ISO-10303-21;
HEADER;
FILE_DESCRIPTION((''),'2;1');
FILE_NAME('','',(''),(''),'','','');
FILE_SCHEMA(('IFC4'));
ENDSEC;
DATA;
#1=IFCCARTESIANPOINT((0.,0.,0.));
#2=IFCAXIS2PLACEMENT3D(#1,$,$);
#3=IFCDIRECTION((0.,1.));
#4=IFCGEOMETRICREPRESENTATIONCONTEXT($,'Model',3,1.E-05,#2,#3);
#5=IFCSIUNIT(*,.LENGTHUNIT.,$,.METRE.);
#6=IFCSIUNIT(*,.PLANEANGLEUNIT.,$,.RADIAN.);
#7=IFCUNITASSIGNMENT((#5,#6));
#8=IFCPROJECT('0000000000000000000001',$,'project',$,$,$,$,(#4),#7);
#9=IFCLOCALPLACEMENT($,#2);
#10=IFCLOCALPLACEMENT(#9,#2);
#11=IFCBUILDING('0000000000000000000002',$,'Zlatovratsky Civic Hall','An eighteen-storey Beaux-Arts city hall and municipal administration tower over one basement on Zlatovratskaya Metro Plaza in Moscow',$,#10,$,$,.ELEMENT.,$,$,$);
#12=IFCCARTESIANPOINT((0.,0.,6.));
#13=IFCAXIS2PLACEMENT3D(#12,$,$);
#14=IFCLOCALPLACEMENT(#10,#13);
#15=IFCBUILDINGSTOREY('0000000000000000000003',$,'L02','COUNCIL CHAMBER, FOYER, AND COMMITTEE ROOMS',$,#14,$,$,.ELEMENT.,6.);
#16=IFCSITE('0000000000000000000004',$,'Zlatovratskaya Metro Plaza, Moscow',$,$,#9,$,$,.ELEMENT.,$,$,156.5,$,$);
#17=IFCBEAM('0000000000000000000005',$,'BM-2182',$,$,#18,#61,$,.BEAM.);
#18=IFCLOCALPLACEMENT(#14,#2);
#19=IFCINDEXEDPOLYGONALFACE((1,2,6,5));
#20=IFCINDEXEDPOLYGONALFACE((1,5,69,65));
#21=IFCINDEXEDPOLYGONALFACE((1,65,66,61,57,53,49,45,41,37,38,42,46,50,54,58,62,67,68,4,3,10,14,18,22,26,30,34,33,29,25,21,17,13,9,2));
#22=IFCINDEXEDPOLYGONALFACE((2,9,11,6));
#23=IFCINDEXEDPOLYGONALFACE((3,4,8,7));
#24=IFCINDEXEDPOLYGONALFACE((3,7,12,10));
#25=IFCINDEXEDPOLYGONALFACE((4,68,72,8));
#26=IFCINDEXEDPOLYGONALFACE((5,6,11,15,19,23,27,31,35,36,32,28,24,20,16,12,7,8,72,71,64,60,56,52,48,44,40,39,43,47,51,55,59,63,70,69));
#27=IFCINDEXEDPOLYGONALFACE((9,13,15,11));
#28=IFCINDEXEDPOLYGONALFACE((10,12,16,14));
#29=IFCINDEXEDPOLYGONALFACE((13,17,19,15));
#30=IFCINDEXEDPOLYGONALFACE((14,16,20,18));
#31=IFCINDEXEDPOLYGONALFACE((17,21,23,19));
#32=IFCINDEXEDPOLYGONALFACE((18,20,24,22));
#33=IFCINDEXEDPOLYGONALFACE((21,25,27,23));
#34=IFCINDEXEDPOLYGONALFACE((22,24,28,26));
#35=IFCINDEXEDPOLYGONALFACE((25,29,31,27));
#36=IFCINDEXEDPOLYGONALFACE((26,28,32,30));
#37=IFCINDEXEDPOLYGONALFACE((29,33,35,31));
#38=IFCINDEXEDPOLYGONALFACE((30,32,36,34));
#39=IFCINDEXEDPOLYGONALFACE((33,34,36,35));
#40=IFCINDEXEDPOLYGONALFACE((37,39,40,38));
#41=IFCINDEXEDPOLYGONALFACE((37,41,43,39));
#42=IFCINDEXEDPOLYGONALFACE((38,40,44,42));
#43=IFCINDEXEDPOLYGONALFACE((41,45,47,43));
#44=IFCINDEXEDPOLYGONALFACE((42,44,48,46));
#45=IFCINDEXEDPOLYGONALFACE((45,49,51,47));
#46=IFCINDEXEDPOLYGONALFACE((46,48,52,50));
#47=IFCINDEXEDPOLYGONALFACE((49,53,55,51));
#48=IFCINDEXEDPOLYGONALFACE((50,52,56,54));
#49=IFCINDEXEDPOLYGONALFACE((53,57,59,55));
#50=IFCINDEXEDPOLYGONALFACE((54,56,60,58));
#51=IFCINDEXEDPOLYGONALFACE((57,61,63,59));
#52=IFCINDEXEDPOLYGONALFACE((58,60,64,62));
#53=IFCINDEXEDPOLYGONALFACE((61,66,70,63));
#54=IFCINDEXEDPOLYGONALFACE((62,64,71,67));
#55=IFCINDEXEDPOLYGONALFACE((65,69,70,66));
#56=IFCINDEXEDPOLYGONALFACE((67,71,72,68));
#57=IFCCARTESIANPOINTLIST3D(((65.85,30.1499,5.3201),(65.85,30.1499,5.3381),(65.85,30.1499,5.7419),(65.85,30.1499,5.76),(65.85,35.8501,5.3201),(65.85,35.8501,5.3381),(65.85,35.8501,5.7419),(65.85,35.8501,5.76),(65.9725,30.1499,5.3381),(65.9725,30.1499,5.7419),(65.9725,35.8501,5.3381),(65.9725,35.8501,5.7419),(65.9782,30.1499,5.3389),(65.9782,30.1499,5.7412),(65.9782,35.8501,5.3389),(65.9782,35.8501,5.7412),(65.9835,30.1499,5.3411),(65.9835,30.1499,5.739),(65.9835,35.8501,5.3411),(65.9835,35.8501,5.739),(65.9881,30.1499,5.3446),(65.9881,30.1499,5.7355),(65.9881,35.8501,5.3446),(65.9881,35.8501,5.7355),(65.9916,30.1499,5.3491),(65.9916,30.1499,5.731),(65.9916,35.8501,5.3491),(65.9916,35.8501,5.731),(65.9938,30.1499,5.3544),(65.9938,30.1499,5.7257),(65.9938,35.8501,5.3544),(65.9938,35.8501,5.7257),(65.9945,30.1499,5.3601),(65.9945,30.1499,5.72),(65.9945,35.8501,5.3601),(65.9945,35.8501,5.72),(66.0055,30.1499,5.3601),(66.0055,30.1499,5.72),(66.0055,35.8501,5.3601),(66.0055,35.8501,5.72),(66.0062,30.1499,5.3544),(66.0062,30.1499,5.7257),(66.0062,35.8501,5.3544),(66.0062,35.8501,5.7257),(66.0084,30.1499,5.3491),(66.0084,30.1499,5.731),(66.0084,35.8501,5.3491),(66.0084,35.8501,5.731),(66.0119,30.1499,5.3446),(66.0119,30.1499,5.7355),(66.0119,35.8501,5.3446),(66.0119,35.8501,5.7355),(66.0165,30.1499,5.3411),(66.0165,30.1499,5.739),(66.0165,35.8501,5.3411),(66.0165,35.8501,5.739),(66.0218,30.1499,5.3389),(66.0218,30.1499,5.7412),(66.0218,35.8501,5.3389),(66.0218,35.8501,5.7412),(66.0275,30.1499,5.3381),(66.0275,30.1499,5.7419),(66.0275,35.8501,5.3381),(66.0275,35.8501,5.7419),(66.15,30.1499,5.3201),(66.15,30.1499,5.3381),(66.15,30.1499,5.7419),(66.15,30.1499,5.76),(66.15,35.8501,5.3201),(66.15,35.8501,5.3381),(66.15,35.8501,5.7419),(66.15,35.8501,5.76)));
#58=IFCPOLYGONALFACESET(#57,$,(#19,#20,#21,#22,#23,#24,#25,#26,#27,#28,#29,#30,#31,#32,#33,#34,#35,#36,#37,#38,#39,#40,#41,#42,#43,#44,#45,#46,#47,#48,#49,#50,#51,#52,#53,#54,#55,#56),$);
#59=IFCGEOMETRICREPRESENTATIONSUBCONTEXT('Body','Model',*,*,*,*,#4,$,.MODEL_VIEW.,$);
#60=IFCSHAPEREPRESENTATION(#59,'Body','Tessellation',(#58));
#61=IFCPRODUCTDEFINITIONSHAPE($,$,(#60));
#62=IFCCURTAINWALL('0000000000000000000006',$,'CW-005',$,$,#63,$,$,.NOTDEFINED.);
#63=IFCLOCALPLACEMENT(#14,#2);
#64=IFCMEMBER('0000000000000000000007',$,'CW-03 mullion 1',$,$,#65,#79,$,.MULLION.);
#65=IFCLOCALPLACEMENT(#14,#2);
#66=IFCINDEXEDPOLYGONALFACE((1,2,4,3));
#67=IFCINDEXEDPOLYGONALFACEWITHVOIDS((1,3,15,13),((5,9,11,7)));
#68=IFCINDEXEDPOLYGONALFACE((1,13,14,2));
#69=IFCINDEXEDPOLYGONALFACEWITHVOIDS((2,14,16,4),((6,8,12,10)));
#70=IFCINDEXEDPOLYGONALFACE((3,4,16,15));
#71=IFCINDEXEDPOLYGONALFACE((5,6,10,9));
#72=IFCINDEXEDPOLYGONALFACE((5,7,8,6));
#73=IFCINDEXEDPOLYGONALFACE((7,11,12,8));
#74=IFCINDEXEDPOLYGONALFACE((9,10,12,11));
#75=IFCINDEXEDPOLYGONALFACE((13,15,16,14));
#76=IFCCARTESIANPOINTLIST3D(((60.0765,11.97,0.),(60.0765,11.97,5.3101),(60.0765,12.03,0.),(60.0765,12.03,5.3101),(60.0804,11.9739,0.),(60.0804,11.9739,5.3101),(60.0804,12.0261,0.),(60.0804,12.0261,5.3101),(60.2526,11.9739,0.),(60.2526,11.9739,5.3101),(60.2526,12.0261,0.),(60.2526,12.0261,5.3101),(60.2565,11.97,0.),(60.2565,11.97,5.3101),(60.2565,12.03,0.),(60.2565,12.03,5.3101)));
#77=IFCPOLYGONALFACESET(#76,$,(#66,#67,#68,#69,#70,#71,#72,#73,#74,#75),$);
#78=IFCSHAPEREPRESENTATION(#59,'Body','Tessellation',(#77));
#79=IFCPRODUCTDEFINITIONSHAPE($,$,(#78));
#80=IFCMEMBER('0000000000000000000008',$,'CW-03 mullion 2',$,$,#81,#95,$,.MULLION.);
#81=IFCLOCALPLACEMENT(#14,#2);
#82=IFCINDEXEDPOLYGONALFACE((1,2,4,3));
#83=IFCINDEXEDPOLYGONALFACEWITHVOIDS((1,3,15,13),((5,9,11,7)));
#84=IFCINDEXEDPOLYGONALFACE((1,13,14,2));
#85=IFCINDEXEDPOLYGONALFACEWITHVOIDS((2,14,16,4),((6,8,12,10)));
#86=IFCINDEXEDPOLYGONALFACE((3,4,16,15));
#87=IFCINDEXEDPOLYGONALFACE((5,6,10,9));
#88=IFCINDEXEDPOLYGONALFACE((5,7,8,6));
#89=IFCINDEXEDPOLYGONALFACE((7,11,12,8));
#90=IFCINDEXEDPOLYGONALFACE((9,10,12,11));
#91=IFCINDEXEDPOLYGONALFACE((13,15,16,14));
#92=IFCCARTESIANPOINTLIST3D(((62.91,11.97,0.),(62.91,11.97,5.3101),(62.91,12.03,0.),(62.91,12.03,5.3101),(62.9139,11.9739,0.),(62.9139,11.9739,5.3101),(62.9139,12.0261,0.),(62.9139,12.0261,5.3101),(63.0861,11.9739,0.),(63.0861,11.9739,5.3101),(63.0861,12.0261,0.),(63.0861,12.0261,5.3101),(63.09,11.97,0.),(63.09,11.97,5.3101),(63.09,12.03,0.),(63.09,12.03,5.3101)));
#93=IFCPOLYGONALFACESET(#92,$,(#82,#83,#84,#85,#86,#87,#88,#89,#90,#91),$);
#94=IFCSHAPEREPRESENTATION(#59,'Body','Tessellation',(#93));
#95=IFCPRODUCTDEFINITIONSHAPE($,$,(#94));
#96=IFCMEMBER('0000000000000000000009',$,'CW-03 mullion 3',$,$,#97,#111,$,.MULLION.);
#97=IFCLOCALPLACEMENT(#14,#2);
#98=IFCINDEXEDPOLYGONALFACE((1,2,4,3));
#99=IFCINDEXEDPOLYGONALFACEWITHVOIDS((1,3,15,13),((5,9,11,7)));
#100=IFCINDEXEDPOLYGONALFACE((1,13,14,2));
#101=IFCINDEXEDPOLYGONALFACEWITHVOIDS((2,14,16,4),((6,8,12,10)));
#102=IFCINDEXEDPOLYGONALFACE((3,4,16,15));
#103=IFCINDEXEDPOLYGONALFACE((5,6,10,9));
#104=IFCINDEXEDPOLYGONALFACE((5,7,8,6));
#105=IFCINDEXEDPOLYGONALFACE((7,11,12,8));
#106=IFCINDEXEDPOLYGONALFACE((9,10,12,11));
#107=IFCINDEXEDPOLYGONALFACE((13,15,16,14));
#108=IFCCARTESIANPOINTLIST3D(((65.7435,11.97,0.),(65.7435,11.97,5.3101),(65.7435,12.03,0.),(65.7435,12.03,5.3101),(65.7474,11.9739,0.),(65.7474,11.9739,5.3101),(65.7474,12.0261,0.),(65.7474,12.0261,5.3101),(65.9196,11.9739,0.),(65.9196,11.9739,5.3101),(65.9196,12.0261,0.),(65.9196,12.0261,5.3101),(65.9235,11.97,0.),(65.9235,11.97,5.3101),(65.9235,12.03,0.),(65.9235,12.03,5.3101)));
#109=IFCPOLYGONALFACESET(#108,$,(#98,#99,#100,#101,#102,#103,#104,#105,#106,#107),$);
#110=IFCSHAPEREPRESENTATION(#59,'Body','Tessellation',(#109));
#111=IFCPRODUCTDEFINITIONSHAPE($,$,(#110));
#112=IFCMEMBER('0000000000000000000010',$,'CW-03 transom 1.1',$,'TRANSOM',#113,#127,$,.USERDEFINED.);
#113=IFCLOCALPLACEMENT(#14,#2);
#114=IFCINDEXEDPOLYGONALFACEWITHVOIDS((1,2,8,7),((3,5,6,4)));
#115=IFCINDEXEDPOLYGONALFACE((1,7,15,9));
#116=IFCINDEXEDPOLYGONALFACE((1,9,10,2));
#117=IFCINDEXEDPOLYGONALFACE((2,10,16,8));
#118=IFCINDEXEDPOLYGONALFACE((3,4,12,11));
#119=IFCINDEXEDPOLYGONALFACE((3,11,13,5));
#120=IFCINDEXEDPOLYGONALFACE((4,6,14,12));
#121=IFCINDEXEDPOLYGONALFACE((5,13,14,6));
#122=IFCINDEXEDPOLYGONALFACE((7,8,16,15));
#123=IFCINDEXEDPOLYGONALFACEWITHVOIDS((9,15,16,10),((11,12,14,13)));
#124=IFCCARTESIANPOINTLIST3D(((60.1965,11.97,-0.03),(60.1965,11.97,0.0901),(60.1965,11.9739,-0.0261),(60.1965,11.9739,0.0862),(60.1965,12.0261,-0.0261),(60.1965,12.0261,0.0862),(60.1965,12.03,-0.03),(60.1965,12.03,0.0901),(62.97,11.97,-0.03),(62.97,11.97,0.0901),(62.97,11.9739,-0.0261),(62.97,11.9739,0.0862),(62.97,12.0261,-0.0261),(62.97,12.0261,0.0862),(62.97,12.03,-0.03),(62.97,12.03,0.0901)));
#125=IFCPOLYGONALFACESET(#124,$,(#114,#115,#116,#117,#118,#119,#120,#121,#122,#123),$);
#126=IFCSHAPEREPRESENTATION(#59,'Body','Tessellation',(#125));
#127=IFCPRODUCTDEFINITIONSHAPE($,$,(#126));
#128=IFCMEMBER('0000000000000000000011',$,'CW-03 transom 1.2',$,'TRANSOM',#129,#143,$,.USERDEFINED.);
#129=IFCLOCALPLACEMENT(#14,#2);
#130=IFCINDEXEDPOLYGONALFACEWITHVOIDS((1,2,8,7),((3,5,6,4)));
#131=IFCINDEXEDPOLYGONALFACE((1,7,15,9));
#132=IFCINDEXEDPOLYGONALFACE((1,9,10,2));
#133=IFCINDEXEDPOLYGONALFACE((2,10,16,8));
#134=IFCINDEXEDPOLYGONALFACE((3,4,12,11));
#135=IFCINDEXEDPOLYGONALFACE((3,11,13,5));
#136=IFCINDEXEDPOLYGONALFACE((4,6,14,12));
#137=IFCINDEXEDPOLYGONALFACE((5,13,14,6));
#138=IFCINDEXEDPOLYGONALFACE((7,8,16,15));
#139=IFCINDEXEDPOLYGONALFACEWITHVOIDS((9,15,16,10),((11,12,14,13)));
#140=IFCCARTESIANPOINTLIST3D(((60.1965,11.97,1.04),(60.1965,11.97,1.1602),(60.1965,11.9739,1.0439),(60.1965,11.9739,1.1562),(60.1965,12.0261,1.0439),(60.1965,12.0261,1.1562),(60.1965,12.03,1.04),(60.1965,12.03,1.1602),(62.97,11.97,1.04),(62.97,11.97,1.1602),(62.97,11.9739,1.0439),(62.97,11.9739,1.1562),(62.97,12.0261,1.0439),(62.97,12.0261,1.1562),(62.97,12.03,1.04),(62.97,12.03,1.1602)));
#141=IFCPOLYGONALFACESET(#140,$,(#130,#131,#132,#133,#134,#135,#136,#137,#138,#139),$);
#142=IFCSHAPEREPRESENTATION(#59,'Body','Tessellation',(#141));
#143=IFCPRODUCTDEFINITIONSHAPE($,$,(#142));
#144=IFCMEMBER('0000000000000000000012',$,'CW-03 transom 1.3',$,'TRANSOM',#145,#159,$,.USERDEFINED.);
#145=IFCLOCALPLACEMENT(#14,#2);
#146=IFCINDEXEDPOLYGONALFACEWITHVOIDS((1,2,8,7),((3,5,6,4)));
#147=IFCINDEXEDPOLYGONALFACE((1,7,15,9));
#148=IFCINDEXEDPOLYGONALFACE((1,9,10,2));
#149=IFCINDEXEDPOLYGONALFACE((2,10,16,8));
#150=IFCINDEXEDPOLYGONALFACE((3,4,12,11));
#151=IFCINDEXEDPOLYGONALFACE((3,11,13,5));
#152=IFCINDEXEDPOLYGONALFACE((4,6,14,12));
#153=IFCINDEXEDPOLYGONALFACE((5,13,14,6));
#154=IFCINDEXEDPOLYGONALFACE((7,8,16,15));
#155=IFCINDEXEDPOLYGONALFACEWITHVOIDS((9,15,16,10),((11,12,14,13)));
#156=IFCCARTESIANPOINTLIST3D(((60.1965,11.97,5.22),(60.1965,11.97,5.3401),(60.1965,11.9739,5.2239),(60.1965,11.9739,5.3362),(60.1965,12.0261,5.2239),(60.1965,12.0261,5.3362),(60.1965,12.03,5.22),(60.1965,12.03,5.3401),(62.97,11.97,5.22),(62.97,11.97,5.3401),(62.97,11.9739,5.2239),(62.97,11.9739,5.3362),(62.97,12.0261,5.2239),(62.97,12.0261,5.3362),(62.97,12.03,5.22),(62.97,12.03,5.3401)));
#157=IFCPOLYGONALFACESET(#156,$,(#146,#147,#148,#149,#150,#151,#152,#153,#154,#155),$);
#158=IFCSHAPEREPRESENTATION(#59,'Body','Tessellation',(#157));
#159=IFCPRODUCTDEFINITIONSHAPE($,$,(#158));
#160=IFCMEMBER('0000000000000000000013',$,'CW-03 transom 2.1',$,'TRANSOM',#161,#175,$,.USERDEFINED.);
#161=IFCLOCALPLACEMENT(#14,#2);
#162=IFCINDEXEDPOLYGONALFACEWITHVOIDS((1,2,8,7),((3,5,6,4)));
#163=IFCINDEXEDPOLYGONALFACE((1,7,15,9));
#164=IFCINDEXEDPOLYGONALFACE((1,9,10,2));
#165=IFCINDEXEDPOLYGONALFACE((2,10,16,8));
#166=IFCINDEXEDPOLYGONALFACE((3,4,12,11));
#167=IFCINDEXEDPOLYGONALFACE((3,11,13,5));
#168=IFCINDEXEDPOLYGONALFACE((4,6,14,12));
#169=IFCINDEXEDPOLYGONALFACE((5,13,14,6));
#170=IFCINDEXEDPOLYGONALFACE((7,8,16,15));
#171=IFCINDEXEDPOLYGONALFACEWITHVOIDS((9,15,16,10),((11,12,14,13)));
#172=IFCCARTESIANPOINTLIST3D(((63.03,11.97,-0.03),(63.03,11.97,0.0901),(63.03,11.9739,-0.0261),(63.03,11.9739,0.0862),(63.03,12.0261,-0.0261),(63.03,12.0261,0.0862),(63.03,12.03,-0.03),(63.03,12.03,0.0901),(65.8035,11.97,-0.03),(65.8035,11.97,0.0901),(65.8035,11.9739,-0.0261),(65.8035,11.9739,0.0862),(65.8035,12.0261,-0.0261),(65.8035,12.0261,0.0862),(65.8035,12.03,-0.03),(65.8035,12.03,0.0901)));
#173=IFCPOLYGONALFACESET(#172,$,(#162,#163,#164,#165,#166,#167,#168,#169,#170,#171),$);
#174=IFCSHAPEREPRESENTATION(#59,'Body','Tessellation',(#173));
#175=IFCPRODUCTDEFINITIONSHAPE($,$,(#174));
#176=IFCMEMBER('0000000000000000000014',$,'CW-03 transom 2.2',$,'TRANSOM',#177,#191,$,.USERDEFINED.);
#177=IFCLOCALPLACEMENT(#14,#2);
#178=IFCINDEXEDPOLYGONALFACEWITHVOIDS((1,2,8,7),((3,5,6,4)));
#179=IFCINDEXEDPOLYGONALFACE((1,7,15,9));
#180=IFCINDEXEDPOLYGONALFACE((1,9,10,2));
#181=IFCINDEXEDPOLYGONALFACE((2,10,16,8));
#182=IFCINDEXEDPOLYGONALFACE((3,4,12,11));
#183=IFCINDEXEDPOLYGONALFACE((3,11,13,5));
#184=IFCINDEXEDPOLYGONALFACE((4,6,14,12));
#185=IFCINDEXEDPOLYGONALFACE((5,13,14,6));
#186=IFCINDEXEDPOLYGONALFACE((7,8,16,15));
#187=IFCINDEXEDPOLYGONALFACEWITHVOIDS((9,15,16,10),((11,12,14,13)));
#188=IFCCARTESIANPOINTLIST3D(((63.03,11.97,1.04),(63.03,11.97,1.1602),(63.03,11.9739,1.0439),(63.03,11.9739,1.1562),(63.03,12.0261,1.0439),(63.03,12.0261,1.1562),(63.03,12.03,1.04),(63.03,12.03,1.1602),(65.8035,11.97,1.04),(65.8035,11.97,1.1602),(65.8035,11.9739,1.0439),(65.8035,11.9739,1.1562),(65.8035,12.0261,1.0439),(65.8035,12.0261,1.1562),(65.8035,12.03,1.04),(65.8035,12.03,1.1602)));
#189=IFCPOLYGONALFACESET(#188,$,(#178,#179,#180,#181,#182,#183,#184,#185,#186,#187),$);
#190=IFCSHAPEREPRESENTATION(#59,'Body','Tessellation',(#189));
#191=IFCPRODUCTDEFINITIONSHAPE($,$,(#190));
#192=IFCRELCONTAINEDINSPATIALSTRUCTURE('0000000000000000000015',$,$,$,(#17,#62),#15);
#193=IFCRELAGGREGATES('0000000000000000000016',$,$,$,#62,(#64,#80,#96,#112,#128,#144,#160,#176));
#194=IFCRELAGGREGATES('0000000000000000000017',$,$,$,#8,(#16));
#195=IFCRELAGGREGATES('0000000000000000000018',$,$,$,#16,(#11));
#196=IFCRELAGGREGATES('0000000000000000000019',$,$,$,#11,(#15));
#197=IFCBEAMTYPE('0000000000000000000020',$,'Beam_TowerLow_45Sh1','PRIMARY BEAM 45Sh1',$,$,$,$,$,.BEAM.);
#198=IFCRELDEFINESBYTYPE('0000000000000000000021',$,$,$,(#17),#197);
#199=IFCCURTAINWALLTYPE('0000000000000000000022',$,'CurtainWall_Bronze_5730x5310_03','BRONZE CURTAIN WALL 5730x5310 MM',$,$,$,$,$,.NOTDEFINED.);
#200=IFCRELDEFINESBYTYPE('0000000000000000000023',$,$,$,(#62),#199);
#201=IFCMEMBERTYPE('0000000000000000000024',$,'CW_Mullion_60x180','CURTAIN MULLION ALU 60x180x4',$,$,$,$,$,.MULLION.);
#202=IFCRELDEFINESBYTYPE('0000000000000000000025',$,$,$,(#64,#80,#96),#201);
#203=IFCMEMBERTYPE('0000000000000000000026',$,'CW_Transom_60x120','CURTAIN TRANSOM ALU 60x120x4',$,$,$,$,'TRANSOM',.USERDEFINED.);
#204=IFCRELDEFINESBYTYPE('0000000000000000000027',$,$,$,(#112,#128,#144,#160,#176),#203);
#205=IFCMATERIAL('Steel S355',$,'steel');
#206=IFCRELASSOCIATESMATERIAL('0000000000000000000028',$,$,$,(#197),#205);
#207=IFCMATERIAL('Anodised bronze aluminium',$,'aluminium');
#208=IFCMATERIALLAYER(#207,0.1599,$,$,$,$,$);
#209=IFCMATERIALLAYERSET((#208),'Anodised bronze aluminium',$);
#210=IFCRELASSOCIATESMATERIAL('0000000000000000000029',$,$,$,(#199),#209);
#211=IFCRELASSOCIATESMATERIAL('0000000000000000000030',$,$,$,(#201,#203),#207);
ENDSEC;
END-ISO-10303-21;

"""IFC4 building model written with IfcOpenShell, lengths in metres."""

from ifc_helpers import new_model, si_unit, direction, frame, origin, origin_2d, place, context, subcontext, project, spatial, hollow_rectangle, i_section, extrude, material, layer, layer_set, material_profile, profile_set, type_object, element, aggregate, save


model = new_model("IFC4")

# Units and contexts
model_context = context("Model", 3, precision=1e-05, world=origin(), true_north=direction((0.0, 1.0)))
body_context = subcontext(model_context, "Body", "Model", "MODEL_VIEW")
ifc_project = project(units=[si_unit("LENGTHUNIT", "METRE"), si_unit("PLANEANGLEUNIT", "RADIAN")], contexts=[model_context])

# Site, building, storey
site_placement = place(None, origin())
site = spatial("IfcSite", under=ifc_project, at=site_placement, Name="Zlatovratskaya Metro Plaza, Moscow", CompositionType="ELEMENT", RefElevation=156.5)
building_placement = place(site_placement, origin())
building = spatial("IfcBuilding", under=site, at=building_placement, Name="Zlatovratsky Civic Hall", Description="An eighteen-storey Beaux-Arts city hall and municipal administration tower over one basement on Zlatovratskaya Metro Plaza in Moscow", CompositionType="ELEMENT")
storey_placement = place(building_placement, frame((0.0, 0.0, 6.0)))
storey = spatial("IfcBuildingStorey", under=building, at=storey_placement, Name="L02", Description="COUNCIL CHAMBER, FOYER, AND COMMITTEE ROOMS", CompositionType="ELEMENT", Elevation=6.0)

# Shared definitions
ifc_material_1 = material(Name="Steel S355", Category="steel")

# Beam
ifc_material_profile_1 = material_profile(ifc_material_1, i_section(OverallWidth=0.3, OverallDepth=0.4399, WebThickness=0.011, FlangeThickness=0.0181, FilletRadius=0.022, at=origin_2d()), Name="45Sh1")
ifc_profile_set_1 = profile_set([ifc_material_profile_1], Name="Steel S355")
beam_type_1 = type_object("IfcBeamType", Name="Beam_TowerLow_45Sh1", Description="PRIMARY BEAM 45Sh1", PredefinedType="BEAM", material=ifc_profile_set_1)
beam_1_placement = place(storey_placement, frame((66.0, 30.1499, 5.54), z_axis=(0.0, 1.0, 0.0), x_axis=(-1.0, 0.0, 0.0)))
element("IfcBeam", 1, at=beam_1_placement, inside=storey, type_object=beam_type_1, Name="BM-2182", PredefinedType="BEAM", context=body_context, shape_type="SweptSolid", body=[
    extrude(i_section(OverallWidth=0.3, OverallDepth=0.4399, WebThickness=0.011, FlangeThickness=0.0181, FilletRadius=0.022, at=origin_2d()), origin(), (0.0, 0.0, 1.0), 5.7002),
])

# Curtain wall, members
ifc_material_2 = material(Name="Anodised bronze aluminium", Category="aluminium")
ifc_layer_1 = layer(ifc_material_2, 0.1599)
ifc_layer_set_1 = layer_set([ifc_layer_1], Name="Anodised bronze aluminium")
curtain_wall_type = type_object("IfcCurtainWallType", Name="CurtainWall_Bronze_5730x5310_03", Description="BRONZE CURTAIN WALL 5730x5310 MM", PredefinedType="NOTDEFINED", material=ifc_layer_set_1)
curtain_wall_placement = place(storey_placement, origin())
curtain_wall = element("IfcCurtainWall", 2, at=curtain_wall_placement, inside=storey, type_object=curtain_wall_type, Name="CW-005", PredefinedType="NOTDEFINED")
ifc_material_profile_2 = material_profile(ifc_material_2, hollow_rectangle(XDim=0.0601, YDim=0.1799, WallThickness=0.0039, at=origin_2d()), Name="ALU 60x180x4")
ifc_profile_set_2 = profile_set([ifc_material_profile_2], Name="Anodised bronze aluminium")
member_type_1 = type_object("IfcMemberType", Name="CW_Mullion_60x180", Description="CURTAIN MULLION ALU 60x180x4", PredefinedType="MULLION", material=ifc_profile_set_2)
member_1_placement = place(storey_placement, frame((60.1665, 12.0, 0.0), z_axis=(0.0, 0.0, 1.0), x_axis=(0.0, 1.0, 0.0)))
member_1 = element("IfcMember", 3, at=member_1_placement, type_object=member_type_1, Name="CW-03 mullion 1", PredefinedType="MULLION", context=body_context, shape_type="SweptSolid", body=[
    extrude(hollow_rectangle(XDim=0.0601, YDim=0.1799, WallThickness=0.0039, at=origin_2d()), origin(), (0.0, 0.0, 1.0), 5.3101),
])
member_2_placement = place(storey_placement, frame((63.0, 12.0, 0.0), z_axis=(0.0, 0.0, 1.0), x_axis=(0.0, 1.0, 0.0)))
member_2 = element("IfcMember", 4, at=member_2_placement, type_object=member_type_1, Name="CW-03 mullion 2", PredefinedType="MULLION", context=body_context, shape_type="SweptSolid", body=[
    extrude(hollow_rectangle(XDim=0.0601, YDim=0.1799, WallThickness=0.0039, at=origin_2d()), origin(), (0.0, 0.0, 1.0), 5.3101),
])
member_3_placement = place(storey_placement, frame((65.8335, 12.0, 0.0), z_axis=(0.0, 0.0, 1.0), x_axis=(0.0, 1.0, 0.0)))
member_3 = element("IfcMember", 5, at=member_3_placement, type_object=member_type_1, Name="CW-03 mullion 3", PredefinedType="MULLION", context=body_context, shape_type="SweptSolid", body=[
    extrude(hollow_rectangle(XDim=0.0601, YDim=0.1799, WallThickness=0.0039, at=origin_2d()), origin(), (0.0, 0.0, 1.0), 5.3101),
])
ifc_material_profile_3 = material_profile(ifc_material_2, hollow_rectangle(XDim=0.0601, YDim=0.1201, WallThickness=0.0039, at=origin_2d()), Name="ALU 60x120x4")
ifc_profile_set_3 = profile_set([ifc_material_profile_3], Name="Anodised bronze aluminium")
member_type_2 = type_object("IfcMemberType", Name="CW_Transom_60x120", Description="CURTAIN TRANSOM ALU 60x120x4", ElementType="TRANSOM", PredefinedType="USERDEFINED", material=ifc_profile_set_3)
member_4_placement = place(storey_placement, frame((60.1965, 12.0, 0.03), z_axis=(1.0, 0.0, 0.0), x_axis=(0.0, 1.0, 0.0)))
member_4 = element("IfcMember", 6, at=member_4_placement, type_object=member_type_2, Name="CW-03 transom 1.1", ObjectType="TRANSOM", PredefinedType="USERDEFINED", context=body_context, shape_type="SweptSolid", body=[
    extrude(hollow_rectangle(XDim=0.0601, YDim=0.1201, WallThickness=0.0039, at=origin_2d()), origin(), (0.0, 0.0, 1.0), 2.7734),
])
member_5_placement = place(storey_placement, frame((60.1965, 12.0, 1.1001), z_axis=(1.0, 0.0, 0.0), x_axis=(0.0, 1.0, 0.0)))
member_5 = element("IfcMember", 7, at=member_5_placement, type_object=member_type_2, Name="CW-03 transom 1.2", ObjectType="TRANSOM", PredefinedType="USERDEFINED", context=body_context, shape_type="SweptSolid", body=[
    extrude(hollow_rectangle(XDim=0.0601, YDim=0.1201, WallThickness=0.0039, at=origin_2d()), origin(), (0.0, 0.0, 1.0), 2.7734),
])
member_6_placement = place(storey_placement, frame((60.1965, 12.0, 5.28), z_axis=(1.0, 0.0, 0.0), x_axis=(0.0, 1.0, 0.0)))
member_6 = element("IfcMember", 8, at=member_6_placement, type_object=member_type_2, Name="CW-03 transom 1.3", ObjectType="TRANSOM", PredefinedType="USERDEFINED", context=body_context, shape_type="SweptSolid", body=[
    extrude(hollow_rectangle(XDim=0.0601, YDim=0.1201, WallThickness=0.0039, at=origin_2d()), origin(), (0.0, 0.0, 1.0), 2.7734),
])
member_7_placement = place(storey_placement, frame((63.03, 12.0, 0.03), z_axis=(1.0, 0.0, 0.0), x_axis=(0.0, 1.0, 0.0)))
member_7 = element("IfcMember", 9, at=member_7_placement, type_object=member_type_2, Name="CW-03 transom 2.1", ObjectType="TRANSOM", PredefinedType="USERDEFINED", context=body_context, shape_type="SweptSolid", body=[
    extrude(hollow_rectangle(XDim=0.0601, YDim=0.1201, WallThickness=0.0039, at=origin_2d()), origin(), (0.0, 0.0, 1.0), 2.7734),
])
member_8_placement = place(storey_placement, frame((63.03, 12.0, 1.1001), z_axis=(1.0, 0.0, 0.0), x_axis=(0.0, 1.0, 0.0)))
member_8 = element("IfcMember", 10, at=member_8_placement, type_object=member_type_2, Name="CW-03 transom 2.2", ObjectType="TRANSOM", PredefinedType="USERDEFINED", context=body_context, shape_type="SweptSolid", body=[
    extrude(hollow_rectangle(XDim=0.0601, YDim=0.1201, WallThickness=0.0039, at=origin_2d()), origin(), (0.0, 0.0, 1.0), 2.7734),
])
aggregate(curtain_wall, [member_1, member_2, member_3, member_4, member_5, member_6, member_7, member_8])

save(model, "model.ifc")
